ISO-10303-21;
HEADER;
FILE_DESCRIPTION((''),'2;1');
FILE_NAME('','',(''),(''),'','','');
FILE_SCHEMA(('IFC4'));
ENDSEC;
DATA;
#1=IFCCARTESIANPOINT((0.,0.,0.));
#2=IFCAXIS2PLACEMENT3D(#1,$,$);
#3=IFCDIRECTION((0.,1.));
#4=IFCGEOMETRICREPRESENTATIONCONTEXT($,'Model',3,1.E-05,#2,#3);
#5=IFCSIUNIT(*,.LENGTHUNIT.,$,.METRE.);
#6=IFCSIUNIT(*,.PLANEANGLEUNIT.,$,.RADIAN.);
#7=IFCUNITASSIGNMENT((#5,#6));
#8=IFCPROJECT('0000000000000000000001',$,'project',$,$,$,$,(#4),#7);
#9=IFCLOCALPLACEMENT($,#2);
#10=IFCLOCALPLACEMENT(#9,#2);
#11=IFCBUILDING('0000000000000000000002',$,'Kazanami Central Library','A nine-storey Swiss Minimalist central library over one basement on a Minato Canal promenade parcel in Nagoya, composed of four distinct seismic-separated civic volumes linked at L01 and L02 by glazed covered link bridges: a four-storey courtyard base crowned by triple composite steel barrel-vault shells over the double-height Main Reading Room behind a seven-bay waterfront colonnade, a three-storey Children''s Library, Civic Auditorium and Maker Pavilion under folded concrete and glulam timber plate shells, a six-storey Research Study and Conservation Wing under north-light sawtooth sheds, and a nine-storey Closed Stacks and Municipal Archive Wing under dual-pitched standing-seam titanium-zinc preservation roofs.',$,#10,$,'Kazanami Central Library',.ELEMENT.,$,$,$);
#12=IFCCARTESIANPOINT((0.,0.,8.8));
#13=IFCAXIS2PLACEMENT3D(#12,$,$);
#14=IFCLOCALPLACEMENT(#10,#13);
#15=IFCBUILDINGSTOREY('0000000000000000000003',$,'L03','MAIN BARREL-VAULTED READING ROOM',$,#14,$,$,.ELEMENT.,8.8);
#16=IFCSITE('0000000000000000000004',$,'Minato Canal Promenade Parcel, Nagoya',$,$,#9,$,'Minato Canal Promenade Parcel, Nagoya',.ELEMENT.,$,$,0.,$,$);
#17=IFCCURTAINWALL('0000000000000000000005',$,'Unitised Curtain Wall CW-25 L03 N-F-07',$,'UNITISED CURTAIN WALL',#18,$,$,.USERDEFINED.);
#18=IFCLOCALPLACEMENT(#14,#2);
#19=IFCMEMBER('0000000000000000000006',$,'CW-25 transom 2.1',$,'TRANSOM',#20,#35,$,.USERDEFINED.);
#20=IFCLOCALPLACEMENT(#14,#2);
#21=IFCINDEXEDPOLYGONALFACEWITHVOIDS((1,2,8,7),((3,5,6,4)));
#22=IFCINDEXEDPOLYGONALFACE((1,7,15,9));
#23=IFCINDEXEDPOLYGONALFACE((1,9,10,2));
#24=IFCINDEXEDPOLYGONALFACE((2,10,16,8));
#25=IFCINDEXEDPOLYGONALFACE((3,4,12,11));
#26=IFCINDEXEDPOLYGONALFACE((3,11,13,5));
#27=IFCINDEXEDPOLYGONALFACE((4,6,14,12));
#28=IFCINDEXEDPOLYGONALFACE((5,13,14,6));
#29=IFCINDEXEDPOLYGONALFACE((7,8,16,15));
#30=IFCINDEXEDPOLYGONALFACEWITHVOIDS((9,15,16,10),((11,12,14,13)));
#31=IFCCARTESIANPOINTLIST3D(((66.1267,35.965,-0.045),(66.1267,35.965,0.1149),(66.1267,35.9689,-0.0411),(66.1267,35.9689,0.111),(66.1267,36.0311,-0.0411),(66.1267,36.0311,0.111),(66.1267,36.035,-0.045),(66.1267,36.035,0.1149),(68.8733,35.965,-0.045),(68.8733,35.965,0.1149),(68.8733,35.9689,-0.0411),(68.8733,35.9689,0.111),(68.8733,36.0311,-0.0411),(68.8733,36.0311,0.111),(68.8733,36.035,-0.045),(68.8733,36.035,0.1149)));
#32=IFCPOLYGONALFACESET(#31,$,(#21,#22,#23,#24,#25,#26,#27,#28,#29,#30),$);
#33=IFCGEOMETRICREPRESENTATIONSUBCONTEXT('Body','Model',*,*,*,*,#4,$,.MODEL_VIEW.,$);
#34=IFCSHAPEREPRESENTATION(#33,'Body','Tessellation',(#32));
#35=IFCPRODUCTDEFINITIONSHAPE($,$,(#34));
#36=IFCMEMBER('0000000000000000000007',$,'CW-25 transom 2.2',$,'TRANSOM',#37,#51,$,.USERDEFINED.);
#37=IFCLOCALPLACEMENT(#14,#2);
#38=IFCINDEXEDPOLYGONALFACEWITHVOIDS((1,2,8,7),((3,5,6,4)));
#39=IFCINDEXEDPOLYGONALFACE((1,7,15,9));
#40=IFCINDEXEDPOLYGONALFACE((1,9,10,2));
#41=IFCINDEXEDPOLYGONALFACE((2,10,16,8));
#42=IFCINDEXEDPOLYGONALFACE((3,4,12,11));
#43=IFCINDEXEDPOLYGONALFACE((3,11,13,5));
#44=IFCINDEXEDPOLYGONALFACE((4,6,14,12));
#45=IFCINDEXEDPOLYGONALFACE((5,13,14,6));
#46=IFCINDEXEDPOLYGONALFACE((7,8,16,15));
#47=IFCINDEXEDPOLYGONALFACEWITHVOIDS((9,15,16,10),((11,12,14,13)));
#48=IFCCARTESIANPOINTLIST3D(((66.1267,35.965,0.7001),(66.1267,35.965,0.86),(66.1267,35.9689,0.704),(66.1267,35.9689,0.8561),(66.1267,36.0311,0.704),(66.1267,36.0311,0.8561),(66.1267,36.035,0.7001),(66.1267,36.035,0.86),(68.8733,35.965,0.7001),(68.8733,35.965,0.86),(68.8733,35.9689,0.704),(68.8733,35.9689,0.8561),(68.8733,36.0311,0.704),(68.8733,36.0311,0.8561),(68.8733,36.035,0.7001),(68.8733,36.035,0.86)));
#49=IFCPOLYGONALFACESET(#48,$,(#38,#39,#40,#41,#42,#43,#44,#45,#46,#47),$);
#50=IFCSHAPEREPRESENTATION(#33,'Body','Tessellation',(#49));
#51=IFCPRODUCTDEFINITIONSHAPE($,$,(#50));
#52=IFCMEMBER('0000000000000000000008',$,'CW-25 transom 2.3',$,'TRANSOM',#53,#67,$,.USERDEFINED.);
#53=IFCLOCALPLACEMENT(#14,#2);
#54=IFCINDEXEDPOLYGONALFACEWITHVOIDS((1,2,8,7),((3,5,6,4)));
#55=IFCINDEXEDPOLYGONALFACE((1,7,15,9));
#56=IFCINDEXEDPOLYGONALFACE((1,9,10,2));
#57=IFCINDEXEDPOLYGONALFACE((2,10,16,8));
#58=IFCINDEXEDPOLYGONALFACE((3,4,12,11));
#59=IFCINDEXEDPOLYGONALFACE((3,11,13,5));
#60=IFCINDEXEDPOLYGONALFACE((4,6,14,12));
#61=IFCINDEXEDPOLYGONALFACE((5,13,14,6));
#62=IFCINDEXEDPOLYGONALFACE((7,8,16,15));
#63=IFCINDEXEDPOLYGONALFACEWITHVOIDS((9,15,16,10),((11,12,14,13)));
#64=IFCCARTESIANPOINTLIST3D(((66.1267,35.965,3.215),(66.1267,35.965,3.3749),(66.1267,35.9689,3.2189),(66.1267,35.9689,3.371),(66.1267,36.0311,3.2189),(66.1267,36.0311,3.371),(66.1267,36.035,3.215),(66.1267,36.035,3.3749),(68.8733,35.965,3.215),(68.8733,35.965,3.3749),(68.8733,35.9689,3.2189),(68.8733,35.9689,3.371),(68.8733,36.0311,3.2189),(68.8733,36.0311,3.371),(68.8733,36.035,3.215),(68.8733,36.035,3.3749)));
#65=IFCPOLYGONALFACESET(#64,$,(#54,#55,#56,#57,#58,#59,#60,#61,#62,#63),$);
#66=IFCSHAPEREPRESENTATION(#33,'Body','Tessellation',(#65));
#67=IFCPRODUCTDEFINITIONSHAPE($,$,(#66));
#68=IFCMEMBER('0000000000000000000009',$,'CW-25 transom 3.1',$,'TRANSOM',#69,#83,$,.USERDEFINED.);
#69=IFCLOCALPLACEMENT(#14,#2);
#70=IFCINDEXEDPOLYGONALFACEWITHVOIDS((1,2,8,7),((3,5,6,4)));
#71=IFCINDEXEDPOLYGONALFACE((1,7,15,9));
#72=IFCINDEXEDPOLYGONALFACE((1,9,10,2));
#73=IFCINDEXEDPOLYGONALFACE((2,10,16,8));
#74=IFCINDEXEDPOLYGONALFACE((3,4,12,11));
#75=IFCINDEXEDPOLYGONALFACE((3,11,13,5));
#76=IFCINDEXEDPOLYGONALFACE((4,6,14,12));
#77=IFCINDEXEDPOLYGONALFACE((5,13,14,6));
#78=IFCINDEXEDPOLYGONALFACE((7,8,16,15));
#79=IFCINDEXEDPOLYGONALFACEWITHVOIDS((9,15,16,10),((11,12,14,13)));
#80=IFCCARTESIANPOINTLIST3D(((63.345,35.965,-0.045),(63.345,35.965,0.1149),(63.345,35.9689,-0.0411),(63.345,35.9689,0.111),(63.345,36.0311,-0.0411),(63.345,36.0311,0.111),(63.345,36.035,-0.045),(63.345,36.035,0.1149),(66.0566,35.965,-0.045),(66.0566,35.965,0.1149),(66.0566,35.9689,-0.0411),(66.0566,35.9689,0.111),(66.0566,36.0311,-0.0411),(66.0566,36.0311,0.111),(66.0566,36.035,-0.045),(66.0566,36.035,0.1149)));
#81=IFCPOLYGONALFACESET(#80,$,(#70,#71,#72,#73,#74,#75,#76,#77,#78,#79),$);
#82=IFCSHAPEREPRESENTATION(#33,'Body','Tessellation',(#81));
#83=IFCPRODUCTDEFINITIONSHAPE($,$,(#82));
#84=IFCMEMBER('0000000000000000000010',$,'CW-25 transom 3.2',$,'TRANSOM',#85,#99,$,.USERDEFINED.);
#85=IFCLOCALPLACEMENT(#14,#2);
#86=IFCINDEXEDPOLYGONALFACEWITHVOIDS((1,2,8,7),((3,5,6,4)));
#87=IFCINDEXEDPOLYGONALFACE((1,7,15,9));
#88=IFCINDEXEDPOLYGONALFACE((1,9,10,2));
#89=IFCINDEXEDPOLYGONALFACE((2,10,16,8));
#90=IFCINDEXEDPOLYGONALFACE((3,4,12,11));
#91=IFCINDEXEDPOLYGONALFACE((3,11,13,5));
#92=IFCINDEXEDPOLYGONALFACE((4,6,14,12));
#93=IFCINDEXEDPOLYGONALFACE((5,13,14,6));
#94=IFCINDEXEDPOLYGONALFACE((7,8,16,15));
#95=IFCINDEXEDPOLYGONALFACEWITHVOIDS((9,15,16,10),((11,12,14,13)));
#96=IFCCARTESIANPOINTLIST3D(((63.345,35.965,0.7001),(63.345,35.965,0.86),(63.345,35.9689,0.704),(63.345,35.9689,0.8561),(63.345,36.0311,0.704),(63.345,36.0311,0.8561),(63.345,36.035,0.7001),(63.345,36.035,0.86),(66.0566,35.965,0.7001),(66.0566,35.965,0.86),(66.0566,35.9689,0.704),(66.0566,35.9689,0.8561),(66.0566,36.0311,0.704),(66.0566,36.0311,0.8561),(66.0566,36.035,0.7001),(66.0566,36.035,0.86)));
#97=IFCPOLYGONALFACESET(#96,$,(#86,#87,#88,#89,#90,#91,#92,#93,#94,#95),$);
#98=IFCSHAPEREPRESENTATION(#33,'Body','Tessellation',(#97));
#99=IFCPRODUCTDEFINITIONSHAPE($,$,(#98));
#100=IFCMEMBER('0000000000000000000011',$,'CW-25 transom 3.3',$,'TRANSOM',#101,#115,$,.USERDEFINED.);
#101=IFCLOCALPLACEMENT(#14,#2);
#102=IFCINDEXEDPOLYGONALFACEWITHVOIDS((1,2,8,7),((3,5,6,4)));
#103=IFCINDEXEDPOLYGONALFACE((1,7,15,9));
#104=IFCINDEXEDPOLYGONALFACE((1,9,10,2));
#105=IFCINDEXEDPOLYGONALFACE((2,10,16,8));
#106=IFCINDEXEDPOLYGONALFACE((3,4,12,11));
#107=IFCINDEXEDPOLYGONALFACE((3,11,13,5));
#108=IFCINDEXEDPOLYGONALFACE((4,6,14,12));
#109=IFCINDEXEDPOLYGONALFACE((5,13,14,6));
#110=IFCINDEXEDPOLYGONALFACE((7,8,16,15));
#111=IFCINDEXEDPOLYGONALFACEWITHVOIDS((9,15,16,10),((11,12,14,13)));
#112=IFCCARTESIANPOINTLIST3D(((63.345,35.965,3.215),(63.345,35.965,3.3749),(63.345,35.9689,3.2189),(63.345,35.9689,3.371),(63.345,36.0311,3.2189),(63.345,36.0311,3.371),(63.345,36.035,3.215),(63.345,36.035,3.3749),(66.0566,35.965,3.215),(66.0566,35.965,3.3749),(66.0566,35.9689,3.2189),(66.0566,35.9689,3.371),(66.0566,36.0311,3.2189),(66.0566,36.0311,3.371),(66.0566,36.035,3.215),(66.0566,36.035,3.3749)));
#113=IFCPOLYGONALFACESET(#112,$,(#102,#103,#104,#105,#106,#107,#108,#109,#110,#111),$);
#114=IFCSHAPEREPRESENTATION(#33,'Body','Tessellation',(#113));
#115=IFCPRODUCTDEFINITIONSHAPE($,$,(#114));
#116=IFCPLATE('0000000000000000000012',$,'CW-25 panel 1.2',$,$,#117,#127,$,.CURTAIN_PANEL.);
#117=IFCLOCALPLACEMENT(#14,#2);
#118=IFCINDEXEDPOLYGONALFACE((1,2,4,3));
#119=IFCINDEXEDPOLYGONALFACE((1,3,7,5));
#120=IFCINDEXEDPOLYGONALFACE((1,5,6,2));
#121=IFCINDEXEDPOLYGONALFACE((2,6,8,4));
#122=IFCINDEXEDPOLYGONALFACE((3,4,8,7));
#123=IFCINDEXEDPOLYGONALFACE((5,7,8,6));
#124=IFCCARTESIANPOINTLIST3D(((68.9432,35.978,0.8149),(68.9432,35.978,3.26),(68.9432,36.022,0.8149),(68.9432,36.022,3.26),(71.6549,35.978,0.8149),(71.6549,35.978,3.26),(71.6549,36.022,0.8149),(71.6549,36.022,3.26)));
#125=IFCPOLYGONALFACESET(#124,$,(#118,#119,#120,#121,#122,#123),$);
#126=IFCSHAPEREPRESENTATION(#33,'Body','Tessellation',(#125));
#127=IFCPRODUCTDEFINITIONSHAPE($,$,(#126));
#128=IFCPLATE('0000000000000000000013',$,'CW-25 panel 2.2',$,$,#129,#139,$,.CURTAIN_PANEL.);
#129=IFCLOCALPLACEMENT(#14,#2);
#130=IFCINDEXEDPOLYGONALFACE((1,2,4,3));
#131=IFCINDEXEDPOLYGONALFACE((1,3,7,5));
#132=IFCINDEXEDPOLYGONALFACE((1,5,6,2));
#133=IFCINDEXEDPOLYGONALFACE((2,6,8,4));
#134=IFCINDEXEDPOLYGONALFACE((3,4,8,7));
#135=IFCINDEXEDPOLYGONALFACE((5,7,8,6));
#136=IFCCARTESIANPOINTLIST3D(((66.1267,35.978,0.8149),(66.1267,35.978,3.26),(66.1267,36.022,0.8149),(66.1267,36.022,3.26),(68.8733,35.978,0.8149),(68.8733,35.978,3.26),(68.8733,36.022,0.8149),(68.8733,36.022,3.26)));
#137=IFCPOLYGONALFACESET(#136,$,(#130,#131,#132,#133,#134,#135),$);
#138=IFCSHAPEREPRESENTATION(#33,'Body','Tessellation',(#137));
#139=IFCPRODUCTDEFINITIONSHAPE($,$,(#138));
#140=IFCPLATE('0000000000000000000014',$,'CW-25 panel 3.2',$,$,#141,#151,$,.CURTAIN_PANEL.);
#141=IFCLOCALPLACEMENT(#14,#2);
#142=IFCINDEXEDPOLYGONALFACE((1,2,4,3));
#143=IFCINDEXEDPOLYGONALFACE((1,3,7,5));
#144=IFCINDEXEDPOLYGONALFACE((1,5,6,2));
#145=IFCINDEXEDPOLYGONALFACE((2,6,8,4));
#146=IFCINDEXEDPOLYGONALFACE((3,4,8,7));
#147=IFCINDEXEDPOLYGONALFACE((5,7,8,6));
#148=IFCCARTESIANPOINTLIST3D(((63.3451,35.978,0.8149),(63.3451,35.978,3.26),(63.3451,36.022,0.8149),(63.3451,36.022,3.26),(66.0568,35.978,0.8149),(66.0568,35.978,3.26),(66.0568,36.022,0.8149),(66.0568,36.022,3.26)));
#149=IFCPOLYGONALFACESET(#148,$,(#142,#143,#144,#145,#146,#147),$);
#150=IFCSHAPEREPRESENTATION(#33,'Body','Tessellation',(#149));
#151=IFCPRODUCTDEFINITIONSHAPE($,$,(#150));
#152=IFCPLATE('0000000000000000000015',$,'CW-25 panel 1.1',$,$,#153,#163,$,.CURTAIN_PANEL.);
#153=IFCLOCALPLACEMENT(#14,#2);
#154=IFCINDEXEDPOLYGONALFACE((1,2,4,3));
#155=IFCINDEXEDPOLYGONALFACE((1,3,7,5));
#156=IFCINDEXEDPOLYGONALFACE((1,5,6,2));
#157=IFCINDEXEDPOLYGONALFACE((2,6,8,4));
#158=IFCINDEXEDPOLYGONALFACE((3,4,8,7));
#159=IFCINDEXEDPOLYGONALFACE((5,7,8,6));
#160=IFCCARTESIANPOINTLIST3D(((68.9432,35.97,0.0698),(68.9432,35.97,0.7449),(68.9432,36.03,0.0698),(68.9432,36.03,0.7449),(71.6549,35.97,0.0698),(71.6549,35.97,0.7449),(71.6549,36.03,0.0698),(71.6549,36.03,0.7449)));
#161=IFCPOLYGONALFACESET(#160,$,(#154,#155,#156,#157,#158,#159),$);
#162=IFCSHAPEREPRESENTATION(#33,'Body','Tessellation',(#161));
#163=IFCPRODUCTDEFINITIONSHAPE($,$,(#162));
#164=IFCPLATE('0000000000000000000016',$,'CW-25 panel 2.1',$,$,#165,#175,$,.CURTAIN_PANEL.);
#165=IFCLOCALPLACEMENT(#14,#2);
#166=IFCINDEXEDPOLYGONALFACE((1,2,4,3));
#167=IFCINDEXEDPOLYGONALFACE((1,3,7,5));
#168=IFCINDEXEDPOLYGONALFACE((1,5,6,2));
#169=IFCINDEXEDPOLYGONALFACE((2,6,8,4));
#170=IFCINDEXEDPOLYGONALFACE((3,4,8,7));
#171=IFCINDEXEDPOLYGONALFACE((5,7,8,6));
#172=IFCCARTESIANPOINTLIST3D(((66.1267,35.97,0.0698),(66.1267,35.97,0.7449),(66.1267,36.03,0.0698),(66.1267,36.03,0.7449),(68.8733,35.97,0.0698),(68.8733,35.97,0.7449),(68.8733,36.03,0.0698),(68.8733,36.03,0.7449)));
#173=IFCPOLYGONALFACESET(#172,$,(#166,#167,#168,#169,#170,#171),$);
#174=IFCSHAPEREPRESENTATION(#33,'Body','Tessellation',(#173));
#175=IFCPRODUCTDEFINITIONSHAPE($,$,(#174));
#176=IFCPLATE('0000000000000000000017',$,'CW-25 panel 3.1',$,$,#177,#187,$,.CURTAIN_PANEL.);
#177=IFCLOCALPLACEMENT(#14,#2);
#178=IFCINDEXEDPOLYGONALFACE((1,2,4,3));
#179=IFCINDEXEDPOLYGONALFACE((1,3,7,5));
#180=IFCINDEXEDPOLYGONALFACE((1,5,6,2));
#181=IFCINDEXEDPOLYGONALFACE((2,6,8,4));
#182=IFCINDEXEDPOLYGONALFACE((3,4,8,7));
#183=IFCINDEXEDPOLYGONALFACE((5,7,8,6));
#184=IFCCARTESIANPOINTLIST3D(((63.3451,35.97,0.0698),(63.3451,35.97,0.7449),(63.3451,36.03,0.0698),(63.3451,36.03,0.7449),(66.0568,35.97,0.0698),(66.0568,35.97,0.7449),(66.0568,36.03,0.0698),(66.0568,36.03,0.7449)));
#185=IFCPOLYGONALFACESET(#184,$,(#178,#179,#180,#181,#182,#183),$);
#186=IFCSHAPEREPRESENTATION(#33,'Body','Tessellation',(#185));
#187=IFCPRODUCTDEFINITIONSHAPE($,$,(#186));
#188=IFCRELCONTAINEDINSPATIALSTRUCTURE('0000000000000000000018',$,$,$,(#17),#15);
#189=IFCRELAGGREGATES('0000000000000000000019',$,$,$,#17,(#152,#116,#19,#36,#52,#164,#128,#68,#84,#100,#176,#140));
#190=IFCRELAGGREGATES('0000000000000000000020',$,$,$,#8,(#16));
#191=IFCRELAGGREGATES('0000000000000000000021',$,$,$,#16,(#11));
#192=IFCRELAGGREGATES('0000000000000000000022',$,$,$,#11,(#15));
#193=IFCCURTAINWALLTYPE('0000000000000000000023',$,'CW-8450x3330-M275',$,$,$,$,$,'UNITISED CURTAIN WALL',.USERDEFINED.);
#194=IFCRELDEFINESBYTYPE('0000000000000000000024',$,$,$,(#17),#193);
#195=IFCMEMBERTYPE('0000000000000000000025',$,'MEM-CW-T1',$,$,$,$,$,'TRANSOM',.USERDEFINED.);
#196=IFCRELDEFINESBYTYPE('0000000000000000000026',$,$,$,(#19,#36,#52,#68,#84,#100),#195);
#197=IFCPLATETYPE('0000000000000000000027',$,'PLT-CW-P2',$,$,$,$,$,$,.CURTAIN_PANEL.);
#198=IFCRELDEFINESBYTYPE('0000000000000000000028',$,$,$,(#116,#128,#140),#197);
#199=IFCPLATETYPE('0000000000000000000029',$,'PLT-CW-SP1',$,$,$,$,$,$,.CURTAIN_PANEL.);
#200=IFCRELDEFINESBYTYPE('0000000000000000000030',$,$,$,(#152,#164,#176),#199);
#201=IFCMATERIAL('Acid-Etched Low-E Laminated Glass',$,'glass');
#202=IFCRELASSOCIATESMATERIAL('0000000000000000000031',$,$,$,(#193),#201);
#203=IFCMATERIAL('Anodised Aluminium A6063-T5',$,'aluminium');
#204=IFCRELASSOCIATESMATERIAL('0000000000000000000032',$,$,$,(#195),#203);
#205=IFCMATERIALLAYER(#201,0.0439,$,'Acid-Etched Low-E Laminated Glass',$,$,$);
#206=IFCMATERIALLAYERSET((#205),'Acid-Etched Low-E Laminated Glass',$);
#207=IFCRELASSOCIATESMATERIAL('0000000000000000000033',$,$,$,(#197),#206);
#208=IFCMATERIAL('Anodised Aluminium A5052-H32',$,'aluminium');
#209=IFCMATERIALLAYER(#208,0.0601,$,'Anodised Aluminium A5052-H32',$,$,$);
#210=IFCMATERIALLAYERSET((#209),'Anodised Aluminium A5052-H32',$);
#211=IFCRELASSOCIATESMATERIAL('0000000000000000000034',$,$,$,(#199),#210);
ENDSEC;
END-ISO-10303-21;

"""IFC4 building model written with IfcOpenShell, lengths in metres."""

from ifc_helpers import new_model, si_unit, direction, frame, origin, origin_2d, place, context, subcontext, project, spatial, rectangle, hollow_rectangle, extrude, material, layer, layer_set, material_profile, profile_set, type_object, element, aggregate, save


model = new_model("IFC4")

# Units and contexts
model_context = context("Model", 3, precision=1e-05, world=origin(), true_north=direction((0.0, 1.0)))
body_context = subcontext(model_context, "Body", "Model", "MODEL_VIEW")
ifc_project = project(units=[si_unit("LENGTHUNIT", "METRE"), si_unit("PLANEANGLEUNIT", "RADIAN")], contexts=[model_context])

# Site, building, storey
site_placement = place(None, origin())
site = spatial("IfcSite", under=ifc_project, at=site_placement, Name="Minato Canal Promenade Parcel, Nagoya", LongName="Minato Canal Promenade Parcel, Nagoya", CompositionType="ELEMENT", RefElevation=0.0)
building_placement = place(site_placement, origin())
building = spatial("IfcBuilding", under=site, at=building_placement, Name="Kazanami Central Library", Description="A nine-storey Swiss Minimalist central library over one basement on a Minato Canal promenade parcel in Nagoya, composed of four distinct seismic-separated civic volumes linked at L01 and L02 by glazed covered link bridges: a four-storey courtyard base crowned by triple composite steel barrel-vault shells over the double-height Main Reading Room behind a seven-bay waterfront colonnade, a three-storey Children's Library, Civic Auditorium and Maker Pavilion under folded concrete and glulam timber plate shells, a six-storey Research Study and Conservation Wing under north-light sawtooth sheds, and a nine-storey Closed Stacks and Municipal Archive Wing under dual-pitched standing-seam titanium-zinc preservation roofs.", LongName="Kazanami Central Library", CompositionType="ELEMENT")
storey_placement = place(building_placement, frame((0.0, 0.0, 8.8)))
storey = spatial("IfcBuildingStorey", under=building, at=storey_placement, Name="L03", Description="MAIN BARREL-VAULTED READING ROOM", CompositionType="ELEMENT", Elevation=8.8)

# Curtain wall
ifc_material_1 = material(Name="Acid-Etched Low-E Laminated Glass", Category="glass")
curtain_wall_type = type_object("IfcCurtainWallType", Name="CW-8450x3330-M275", ElementType="UNITISED CURTAIN WALL", PredefinedType="USERDEFINED", material=ifc_material_1)
curtain_wall_1_placement = place(storey_placement, origin())
curtain_wall_1 = element("IfcCurtainWall", 1, at=curtain_wall_1_placement, inside=storey, type_object=curtain_wall_type, Name="Unitised Curtain Wall CW-25 L03 N-F-07", ObjectType="UNITISED CURTAIN WALL", PredefinedType="USERDEFINED")
ifc_material_2 = material(Name="Anodised Aluminium A6063-T5", Category="aluminium")

# Members
ifc_material_profile_1 = material_profile(ifc_material_2, hollow_rectangle(XDim=0.0701, YDim=0.1599, WallThickness=0.0039, at=origin_2d()), Name="ALU-TRAN-70x160x4")
ifc_profile_set_1 = profile_set([ifc_material_profile_1], Name="Anodised Aluminium A6063-T5")
member_type_1 = type_object("IfcMemberType", Name="MEM-CW-T1", ElementType="TRANSOM", PredefinedType="USERDEFINED", material=ifc_profile_set_1)
member_1_placement = place(storey_placement, frame((68.8733, 36.0, 0.0349), z_axis=(-1.0, 0.0, 0.0), x_axis=(0.0, -1.0, 0.0)))
member_1 = element("IfcMember", 2, at=member_1_placement, type_object=member_type_1, Name="CW-25 transom 2.1", ObjectType="TRANSOM", PredefinedType="USERDEFINED", context=body_context, shape_type="SweptSolid", body=[
    extrude(hollow_rectangle(XDim=0.0701, YDim=0.1599, WallThickness=0.0039, at=origin_2d()), origin(), (0.0, 0.0, 1.0), 2.7466),
])
member_2_placement = place(storey_placement, frame((68.8733, 36.0, 0.78), z_axis=(-1.0, 0.0, 0.0), x_axis=(0.0, -1.0, 0.0)))
member_2 = element("IfcMember", 3, at=member_2_placement, type_object=member_type_1, Name="CW-25 transom 2.2", ObjectType="TRANSOM", PredefinedType="USERDEFINED", context=body_context, shape_type="SweptSolid", body=[
    extrude(hollow_rectangle(XDim=0.0701, YDim=0.1599, WallThickness=0.0039, at=origin_2d()), origin(), (0.0, 0.0, 1.0), 2.7466),
])
member_3_placement = place(storey_placement, frame((68.8733, 36.0, 3.2949), z_axis=(-1.0, 0.0, 0.0), x_axis=(0.0, -1.0, 0.0)))
member_3 = element("IfcMember", 4, at=member_3_placement, type_object=member_type_1, Name="CW-25 transom 2.3", ObjectType="TRANSOM", PredefinedType="USERDEFINED", context=body_context, shape_type="SweptSolid", body=[
    extrude(hollow_rectangle(XDim=0.0701, YDim=0.1599, WallThickness=0.0039, at=origin_2d()), origin(), (0.0, 0.0, 1.0), 2.7466),
])
member_4_placement = place(storey_placement, frame((66.0566, 36.0, 0.0349), z_axis=(-1.0, 0.0, 0.0), x_axis=(0.0, -1.0, 0.0)))
member_4 = element("IfcMember", 5, at=member_4_placement, type_object=member_type_1, Name="CW-25 transom 3.1", ObjectType="TRANSOM", PredefinedType="USERDEFINED", context=body_context, shape_type="SweptSolid", body=[
    extrude(hollow_rectangle(XDim=0.0701, YDim=0.1599, WallThickness=0.0039, at=origin_2d()), origin(), (0.0, 0.0, 1.0), 2.7117),
])
member_5_placement = place(storey_placement, frame((66.0566, 36.0, 0.78), z_axis=(-1.0, 0.0, 0.0), x_axis=(0.0, -1.0, 0.0)))
member_5 = element("IfcMember", 6, at=member_5_placement, type_object=member_type_1, Name="CW-25 transom 3.2", ObjectType="TRANSOM", PredefinedType="USERDEFINED", context=body_context, shape_type="SweptSolid", body=[
    extrude(hollow_rectangle(XDim=0.0701, YDim=0.1599, WallThickness=0.0039, at=origin_2d()), origin(), (0.0, 0.0, 1.0), 2.7117),
])
member_6_placement = place(storey_placement, frame((66.0566, 36.0, 3.2949), z_axis=(-1.0, 0.0, 0.0), x_axis=(0.0, -1.0, 0.0)))
member_6 = element("IfcMember", 7, at=member_6_placement, type_object=member_type_1, Name="CW-25 transom 3.3", ObjectType="TRANSOM", PredefinedType="USERDEFINED", context=body_context, shape_type="SweptSolid", body=[
    extrude(hollow_rectangle(XDim=0.0701, YDim=0.1599, WallThickness=0.0039, at=origin_2d()), origin(), (0.0, 0.0, 1.0), 2.7117),
])

# Plates
ifc_layer_1 = layer(ifc_material_1, 0.0439, Name="Acid-Etched Low-E Laminated Glass")
ifc_layer_set_1 = layer_set([ifc_layer_1], Name="Acid-Etched Low-E Laminated Glass")
plate_type_1 = type_object("IfcPlateType", Name="PLT-CW-P2", PredefinedType="CURTAIN_PANEL", material=ifc_layer_set_1)
plate_1_placement = place(storey_placement, frame((70.2991, 36.0, 0.8149), z_axis=(0.0, 0.0, 1.0), x_axis=(-1.0, 0.0, 0.0)))
plate_1 = element("IfcPlate", 8, at=plate_1_placement, type_object=plate_type_1, Name="CW-25 panel 1.2", PredefinedType="CURTAIN_PANEL", context=body_context, shape_type="SweptSolid", body=[
    extrude(rectangle(XDim=2.7117, YDim=0.0439, at=origin_2d()), origin(), (0.0, 0.0, 1.0), 2.4451),
])
plate_2_placement = place(storey_placement, frame((67.5, 36.0, 0.8149), z_axis=(0.0, 0.0, 1.0), x_axis=(-1.0, 0.0, 0.0)))
plate_2 = element("IfcPlate", 9, at=plate_2_placement, type_object=plate_type_1, Name="CW-25 panel 2.2", PredefinedType="CURTAIN_PANEL", context=body_context, shape_type="SweptSolid", body=[
    extrude(rectangle(XDim=2.7466, YDim=0.0439, at=origin_2d()), origin(), (0.0, 0.0, 1.0), 2.4451),
])
plate_3_placement = place(storey_placement, frame((64.7009, 36.0, 0.8149), z_axis=(0.0, 0.0, 1.0), x_axis=(-1.0, 0.0, 0.0)))
plate_3 = element("IfcPlate", 10, at=plate_3_placement, type_object=plate_type_1, Name="CW-25 panel 3.2", PredefinedType="CURTAIN_PANEL", context=body_context, shape_type="SweptSolid", body=[
    extrude(rectangle(XDim=2.7117, YDim=0.0439, at=origin_2d()), origin(), (0.0, 0.0, 1.0), 2.4451),
])
ifc_material_3 = material(Name="Anodised Aluminium A5052-H32", Category="aluminium")
ifc_layer_2 = layer(ifc_material_3, 0.0601, Name="Anodised Aluminium A5052-H32")
ifc_layer_set_2 = layer_set([ifc_layer_2], Name="Anodised Aluminium A5052-H32")
plate_type_2 = type_object("IfcPlateType", Name="PLT-CW-SP1", PredefinedType="CURTAIN_PANEL", material=ifc_layer_set_2)
plate_4_placement = place(storey_placement, frame((70.2991, 36.0, 0.0698), z_axis=(0.0, 0.0, 1.0), x_axis=(-1.0, 0.0, 0.0)))
plate_4 = element("IfcPlate", 11, at=plate_4_placement, type_object=plate_type_2, Name="CW-25 panel 1.1", PredefinedType="CURTAIN_PANEL", context=body_context, shape_type="SweptSolid", body=[
    extrude(rectangle(XDim=2.7117, YDim=0.0601, at=origin_2d()), origin(), (0.0, 0.0, 1.0), 0.675),
])
plate_5_placement = place(storey_placement, frame((67.5, 36.0, 0.0698), z_axis=(0.0, 0.0, 1.0), x_axis=(-1.0, 0.0, 0.0)))
plate_5 = element("IfcPlate", 12, at=plate_5_placement, type_object=plate_type_2, Name="CW-25 panel 2.1", PredefinedType="CURTAIN_PANEL", context=body_context, shape_type="SweptSolid", body=[
    extrude(rectangle(XDim=2.7466, YDim=0.0601, at=origin_2d()), origin(), (0.0, 0.0, 1.0), 0.675),
])
plate_6_placement = place(storey_placement, frame((64.7009, 36.0, 0.0698), z_axis=(0.0, 0.0, 1.0), x_axis=(-1.0, 0.0, 0.0)))
plate_6 = element("IfcPlate", 13, at=plate_6_placement, type_object=plate_type_2, Name="CW-25 panel 3.1", PredefinedType="CURTAIN_PANEL", context=body_context, shape_type="SweptSolid", body=[
    extrude(rectangle(XDim=2.7117, YDim=0.0601, at=origin_2d()), origin(), (0.0, 0.0, 1.0), 0.675),
])
aggregate(curtain_wall_1, [plate_4, plate_1, member_1, member_2, member_3, plate_5, plate_2, member_4, member_5, member_6, plate_6, plate_3])

save(model, "model.ifc")
